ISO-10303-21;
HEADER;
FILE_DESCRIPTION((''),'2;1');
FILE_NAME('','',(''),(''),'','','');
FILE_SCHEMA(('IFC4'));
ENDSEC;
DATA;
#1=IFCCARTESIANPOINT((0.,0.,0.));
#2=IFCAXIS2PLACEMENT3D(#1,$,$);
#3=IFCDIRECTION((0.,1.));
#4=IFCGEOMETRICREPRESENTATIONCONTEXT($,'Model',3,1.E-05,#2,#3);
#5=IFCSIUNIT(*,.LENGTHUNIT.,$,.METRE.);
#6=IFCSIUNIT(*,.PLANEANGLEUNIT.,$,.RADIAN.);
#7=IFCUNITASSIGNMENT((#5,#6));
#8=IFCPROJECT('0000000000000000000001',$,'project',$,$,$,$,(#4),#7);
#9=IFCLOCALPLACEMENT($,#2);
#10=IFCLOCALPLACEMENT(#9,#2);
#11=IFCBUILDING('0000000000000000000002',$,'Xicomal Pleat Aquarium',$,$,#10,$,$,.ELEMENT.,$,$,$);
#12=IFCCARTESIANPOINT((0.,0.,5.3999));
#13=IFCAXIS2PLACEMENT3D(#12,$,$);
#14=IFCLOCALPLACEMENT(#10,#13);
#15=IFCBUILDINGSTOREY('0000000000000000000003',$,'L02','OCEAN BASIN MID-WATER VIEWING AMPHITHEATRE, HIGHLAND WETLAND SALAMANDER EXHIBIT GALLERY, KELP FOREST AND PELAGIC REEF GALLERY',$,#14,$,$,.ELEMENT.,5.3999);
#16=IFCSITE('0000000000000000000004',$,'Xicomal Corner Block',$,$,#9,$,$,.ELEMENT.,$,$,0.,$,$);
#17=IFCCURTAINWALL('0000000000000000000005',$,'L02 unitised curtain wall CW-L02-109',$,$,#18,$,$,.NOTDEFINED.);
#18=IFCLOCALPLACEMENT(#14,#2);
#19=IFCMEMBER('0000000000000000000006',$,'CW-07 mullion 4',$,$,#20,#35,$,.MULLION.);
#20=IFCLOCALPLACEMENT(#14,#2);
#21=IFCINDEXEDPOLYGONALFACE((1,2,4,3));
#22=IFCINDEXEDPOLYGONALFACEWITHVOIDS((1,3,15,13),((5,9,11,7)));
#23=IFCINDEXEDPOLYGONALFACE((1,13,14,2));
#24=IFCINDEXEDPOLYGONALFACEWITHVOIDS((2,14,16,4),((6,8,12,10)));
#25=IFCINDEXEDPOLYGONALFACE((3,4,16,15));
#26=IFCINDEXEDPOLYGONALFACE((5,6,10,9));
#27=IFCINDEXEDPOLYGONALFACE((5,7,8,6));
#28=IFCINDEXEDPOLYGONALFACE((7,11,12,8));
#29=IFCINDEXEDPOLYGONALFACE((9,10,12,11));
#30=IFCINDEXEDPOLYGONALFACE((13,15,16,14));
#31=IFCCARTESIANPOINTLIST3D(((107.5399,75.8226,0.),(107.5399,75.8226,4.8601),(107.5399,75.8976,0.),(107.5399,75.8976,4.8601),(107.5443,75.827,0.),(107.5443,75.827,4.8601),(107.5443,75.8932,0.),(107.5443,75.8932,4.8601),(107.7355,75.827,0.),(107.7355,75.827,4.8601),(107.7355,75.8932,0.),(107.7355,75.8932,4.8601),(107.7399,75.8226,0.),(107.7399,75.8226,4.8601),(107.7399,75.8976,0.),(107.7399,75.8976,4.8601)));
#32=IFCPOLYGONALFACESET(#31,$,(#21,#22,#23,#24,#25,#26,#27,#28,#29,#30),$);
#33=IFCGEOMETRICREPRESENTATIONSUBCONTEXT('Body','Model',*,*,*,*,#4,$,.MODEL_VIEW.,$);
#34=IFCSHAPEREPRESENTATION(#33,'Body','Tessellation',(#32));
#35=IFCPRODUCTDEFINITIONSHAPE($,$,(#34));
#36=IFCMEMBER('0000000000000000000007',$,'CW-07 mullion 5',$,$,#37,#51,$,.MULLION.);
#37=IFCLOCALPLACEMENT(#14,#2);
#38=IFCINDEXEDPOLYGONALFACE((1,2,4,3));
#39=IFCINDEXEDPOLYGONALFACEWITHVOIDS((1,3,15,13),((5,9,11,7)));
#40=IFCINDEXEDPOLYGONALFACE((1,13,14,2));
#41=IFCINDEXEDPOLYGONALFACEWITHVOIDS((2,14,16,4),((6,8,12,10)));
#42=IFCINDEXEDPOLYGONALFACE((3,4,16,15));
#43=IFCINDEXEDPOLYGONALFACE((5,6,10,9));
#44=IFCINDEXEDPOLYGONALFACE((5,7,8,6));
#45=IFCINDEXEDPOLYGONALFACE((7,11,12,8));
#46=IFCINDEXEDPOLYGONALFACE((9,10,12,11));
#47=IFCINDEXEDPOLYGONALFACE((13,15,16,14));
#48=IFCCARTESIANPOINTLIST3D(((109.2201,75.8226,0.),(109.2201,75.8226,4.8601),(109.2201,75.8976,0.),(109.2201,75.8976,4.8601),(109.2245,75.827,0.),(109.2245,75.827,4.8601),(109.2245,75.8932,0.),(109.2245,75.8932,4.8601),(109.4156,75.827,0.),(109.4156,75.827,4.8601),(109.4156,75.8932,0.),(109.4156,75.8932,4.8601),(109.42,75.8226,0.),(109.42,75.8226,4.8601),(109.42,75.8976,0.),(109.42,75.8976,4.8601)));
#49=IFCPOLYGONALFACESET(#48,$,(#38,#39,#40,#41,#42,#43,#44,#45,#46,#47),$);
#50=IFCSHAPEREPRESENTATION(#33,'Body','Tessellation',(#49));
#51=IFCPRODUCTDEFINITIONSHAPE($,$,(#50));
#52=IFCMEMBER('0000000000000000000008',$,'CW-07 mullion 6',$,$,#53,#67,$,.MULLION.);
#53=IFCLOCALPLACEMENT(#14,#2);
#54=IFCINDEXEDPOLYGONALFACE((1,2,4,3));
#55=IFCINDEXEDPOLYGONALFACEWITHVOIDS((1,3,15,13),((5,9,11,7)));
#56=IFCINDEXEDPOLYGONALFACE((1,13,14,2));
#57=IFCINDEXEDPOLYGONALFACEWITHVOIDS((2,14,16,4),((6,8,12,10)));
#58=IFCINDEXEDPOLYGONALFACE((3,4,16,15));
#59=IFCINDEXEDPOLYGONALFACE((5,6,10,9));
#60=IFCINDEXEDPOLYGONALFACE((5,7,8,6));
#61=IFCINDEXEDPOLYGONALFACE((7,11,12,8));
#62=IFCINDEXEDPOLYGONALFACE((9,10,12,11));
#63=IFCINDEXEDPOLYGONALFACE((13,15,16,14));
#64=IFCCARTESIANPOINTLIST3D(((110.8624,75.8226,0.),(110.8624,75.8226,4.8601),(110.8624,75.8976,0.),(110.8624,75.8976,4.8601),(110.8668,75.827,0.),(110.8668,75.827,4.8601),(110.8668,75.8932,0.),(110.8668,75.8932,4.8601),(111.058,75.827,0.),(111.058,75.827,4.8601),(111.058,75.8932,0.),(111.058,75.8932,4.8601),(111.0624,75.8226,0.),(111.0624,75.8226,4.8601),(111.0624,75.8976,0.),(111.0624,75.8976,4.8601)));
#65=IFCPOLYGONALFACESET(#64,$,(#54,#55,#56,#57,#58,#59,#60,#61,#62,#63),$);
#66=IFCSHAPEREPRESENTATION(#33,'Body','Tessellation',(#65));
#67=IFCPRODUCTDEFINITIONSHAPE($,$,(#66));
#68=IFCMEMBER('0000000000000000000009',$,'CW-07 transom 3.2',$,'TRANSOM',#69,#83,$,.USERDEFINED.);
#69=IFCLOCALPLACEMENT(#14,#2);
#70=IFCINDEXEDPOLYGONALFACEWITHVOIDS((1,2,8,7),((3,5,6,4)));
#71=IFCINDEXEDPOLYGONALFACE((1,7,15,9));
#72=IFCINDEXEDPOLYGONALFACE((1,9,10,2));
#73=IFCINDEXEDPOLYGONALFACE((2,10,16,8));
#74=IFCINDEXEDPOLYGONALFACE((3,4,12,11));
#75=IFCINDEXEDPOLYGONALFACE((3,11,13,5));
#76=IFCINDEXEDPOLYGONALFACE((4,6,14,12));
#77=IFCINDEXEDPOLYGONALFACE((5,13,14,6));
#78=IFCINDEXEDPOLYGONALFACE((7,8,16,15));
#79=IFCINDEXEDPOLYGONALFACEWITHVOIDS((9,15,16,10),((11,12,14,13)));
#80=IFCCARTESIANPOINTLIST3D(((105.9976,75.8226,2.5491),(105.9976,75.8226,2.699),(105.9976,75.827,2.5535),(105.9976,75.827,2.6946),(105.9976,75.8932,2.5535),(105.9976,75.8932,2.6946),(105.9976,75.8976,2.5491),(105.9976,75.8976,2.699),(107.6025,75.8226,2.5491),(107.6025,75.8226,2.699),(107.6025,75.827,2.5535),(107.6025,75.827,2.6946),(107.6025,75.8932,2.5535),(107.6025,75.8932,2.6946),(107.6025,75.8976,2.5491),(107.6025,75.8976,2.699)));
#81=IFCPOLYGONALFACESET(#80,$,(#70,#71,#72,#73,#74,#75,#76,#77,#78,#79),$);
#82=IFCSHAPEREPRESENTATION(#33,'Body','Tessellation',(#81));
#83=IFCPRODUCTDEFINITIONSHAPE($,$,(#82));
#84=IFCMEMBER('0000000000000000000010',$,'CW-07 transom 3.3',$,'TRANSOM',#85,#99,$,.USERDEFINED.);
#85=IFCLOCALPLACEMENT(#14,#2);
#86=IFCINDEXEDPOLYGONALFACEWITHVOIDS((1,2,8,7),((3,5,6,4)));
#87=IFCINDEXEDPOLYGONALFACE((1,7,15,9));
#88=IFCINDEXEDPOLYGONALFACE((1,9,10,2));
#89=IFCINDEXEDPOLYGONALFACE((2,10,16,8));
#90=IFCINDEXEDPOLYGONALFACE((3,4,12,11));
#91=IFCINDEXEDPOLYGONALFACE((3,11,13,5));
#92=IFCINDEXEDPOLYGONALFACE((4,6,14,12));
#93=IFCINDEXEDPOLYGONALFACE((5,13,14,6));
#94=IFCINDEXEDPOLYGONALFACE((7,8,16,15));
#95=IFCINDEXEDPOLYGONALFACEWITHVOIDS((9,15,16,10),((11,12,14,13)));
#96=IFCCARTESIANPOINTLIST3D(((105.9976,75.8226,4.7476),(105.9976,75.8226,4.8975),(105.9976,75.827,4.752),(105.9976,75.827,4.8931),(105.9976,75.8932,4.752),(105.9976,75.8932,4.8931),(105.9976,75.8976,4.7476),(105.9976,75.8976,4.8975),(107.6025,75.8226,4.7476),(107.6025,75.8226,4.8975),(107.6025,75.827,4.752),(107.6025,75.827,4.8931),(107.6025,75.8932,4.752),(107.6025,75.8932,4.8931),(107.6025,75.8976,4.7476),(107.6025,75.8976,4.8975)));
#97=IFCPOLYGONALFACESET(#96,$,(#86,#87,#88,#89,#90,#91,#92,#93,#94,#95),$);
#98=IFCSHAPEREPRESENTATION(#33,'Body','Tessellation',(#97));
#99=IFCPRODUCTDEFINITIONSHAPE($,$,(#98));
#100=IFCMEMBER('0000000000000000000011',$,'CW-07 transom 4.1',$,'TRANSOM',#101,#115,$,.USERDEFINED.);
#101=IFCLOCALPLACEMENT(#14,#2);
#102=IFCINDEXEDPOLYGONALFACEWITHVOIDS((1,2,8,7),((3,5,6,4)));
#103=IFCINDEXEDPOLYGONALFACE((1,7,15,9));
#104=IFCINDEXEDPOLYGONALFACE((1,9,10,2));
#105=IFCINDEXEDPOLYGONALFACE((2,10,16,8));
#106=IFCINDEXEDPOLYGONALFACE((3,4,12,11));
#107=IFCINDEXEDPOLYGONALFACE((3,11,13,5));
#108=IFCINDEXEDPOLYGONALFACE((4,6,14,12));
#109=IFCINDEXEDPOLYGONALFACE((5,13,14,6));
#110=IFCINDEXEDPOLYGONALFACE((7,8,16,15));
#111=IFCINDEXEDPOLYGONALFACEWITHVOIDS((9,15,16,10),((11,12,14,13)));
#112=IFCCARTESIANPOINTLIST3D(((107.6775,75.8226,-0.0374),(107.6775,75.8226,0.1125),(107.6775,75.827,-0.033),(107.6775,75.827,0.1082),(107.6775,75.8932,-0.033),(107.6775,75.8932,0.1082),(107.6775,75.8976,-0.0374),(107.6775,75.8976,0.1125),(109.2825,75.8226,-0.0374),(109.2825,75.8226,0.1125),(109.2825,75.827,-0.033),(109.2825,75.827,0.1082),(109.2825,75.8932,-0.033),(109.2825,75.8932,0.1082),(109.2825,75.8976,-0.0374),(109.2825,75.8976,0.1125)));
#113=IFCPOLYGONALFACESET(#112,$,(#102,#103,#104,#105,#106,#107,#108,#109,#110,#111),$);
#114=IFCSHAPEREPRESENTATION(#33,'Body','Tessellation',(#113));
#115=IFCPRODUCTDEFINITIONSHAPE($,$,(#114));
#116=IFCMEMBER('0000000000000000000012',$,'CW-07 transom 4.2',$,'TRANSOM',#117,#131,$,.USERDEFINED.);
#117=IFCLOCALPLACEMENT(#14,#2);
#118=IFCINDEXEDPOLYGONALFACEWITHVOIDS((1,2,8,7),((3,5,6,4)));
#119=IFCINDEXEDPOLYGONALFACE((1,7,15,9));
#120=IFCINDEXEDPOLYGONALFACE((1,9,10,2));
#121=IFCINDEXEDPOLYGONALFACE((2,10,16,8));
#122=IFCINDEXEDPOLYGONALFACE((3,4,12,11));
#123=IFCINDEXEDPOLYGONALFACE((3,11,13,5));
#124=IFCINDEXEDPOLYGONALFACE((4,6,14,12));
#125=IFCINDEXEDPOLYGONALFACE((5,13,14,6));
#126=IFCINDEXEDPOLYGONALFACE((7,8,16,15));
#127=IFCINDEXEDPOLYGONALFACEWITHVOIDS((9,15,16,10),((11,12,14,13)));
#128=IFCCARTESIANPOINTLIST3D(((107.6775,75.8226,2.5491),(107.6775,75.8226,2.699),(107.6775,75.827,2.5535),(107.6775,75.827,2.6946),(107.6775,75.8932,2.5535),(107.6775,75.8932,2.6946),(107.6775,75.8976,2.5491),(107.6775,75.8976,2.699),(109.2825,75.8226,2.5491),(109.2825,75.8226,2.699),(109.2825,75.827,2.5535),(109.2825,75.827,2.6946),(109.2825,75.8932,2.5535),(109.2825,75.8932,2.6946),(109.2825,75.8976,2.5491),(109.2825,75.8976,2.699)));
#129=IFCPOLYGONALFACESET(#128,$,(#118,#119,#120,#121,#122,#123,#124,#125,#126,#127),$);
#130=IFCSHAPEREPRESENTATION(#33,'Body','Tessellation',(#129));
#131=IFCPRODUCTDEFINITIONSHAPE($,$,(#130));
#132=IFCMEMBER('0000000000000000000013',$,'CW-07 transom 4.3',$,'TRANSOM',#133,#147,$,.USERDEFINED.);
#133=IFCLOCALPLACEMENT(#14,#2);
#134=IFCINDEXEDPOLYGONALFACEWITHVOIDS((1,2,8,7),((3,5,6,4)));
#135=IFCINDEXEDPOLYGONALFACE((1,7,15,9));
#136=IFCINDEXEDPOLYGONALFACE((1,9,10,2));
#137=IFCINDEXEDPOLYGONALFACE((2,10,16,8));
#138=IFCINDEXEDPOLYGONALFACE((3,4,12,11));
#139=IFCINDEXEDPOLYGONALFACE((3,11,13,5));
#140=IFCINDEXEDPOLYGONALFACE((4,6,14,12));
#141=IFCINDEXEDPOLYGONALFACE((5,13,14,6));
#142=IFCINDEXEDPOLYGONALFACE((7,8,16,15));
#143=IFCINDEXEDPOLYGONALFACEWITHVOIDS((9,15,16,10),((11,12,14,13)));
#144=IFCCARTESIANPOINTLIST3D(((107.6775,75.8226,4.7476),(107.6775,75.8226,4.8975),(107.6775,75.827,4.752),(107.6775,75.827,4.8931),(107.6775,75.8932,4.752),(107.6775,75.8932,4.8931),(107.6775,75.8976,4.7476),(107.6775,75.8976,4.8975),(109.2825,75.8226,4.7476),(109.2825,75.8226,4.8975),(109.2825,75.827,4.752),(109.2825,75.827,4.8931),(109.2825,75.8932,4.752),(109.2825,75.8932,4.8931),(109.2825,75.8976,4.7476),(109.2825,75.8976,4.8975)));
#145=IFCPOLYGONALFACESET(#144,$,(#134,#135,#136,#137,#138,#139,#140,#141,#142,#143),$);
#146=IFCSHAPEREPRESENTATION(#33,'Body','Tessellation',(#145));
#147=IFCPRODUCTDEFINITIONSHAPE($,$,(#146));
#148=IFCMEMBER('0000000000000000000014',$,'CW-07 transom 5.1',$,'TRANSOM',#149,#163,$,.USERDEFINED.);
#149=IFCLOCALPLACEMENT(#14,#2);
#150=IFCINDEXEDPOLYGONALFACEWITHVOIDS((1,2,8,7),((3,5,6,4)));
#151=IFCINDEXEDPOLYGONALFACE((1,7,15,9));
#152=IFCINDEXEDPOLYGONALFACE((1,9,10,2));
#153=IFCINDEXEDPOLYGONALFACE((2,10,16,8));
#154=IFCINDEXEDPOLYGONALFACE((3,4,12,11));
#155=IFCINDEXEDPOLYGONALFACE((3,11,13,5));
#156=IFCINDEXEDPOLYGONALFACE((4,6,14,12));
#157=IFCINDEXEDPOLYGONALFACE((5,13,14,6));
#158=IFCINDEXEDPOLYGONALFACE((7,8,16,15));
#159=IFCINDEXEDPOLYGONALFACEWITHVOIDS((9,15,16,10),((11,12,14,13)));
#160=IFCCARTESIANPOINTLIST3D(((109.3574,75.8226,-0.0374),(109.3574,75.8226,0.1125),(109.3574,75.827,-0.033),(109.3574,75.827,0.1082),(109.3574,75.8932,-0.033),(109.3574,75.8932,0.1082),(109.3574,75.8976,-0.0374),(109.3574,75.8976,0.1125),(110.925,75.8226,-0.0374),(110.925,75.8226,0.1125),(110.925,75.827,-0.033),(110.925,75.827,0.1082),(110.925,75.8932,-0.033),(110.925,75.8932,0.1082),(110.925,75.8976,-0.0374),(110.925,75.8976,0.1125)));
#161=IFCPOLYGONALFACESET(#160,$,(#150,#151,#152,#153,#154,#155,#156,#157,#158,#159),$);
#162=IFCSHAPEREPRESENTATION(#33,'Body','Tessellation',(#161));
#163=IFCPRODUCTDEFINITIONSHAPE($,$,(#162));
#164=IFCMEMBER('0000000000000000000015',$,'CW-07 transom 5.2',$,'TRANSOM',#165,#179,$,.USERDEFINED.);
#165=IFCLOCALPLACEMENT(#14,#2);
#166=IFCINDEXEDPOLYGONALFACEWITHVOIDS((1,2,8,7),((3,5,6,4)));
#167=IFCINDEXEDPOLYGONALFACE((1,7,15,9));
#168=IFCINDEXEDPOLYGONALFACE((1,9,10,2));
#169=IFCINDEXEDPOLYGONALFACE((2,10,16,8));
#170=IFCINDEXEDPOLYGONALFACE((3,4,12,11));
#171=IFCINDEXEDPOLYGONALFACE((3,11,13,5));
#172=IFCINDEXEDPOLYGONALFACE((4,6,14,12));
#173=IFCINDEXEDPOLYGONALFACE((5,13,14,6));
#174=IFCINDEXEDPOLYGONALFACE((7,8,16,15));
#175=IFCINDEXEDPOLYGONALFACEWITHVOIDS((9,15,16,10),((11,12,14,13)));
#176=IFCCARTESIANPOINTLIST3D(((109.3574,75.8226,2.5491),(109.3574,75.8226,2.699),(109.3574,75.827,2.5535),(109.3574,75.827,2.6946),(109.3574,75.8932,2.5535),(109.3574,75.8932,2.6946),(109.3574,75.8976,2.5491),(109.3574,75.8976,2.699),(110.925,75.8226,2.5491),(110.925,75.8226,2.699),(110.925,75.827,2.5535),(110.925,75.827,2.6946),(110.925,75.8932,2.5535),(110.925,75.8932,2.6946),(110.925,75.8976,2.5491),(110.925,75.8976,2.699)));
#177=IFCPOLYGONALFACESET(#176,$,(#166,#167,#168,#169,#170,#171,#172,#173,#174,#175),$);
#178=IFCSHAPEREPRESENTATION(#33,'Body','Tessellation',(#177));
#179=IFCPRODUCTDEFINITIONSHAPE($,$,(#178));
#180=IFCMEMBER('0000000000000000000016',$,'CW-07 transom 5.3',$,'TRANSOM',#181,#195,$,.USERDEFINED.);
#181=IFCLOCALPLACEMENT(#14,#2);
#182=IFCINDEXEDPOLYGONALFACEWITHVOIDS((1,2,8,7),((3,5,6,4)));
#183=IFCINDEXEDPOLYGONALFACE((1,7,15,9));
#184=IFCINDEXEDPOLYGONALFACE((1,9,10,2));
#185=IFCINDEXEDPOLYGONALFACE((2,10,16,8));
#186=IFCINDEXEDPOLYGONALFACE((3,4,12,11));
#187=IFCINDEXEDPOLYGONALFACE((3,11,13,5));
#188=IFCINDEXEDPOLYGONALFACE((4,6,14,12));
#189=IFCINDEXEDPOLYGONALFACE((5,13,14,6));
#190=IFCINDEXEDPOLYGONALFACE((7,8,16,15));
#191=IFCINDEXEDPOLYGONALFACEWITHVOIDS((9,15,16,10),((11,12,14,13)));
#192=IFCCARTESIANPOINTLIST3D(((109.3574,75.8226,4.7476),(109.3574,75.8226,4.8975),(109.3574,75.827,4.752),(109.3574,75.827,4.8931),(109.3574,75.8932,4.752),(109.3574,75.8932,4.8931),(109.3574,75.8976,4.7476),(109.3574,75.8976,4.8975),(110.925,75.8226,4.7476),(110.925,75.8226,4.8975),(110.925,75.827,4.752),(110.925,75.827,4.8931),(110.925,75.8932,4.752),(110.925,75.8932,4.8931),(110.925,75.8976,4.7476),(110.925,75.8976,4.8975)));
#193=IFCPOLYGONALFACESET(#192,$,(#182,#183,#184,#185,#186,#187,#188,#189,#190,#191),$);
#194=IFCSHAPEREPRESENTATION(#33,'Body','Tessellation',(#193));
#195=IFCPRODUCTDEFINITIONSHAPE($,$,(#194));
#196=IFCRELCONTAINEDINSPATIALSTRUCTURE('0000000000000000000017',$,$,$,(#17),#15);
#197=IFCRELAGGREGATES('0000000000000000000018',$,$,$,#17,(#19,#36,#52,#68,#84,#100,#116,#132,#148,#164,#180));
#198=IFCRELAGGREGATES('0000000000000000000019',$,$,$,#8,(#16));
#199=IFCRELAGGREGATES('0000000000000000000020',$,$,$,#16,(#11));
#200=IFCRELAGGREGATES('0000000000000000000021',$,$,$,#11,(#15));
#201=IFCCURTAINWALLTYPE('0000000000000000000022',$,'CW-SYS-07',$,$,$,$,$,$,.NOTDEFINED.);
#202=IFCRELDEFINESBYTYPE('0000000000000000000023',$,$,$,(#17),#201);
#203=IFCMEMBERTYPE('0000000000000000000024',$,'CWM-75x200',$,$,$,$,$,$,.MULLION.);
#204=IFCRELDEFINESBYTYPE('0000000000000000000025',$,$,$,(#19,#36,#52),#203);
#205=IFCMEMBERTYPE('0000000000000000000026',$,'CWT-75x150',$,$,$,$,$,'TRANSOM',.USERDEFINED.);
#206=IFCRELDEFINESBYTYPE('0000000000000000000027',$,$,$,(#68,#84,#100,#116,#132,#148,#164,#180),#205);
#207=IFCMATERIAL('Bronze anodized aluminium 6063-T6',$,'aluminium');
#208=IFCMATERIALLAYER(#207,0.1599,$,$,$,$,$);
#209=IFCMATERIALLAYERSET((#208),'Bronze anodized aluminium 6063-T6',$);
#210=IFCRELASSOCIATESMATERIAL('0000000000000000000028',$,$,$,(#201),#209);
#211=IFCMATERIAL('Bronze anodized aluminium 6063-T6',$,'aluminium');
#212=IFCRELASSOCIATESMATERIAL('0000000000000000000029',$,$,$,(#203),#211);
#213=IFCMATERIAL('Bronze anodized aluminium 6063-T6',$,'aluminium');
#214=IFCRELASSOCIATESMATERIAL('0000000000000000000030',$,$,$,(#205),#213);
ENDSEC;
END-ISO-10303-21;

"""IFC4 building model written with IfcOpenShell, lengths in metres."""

from ifc_helpers import new_model, si_unit, direction, frame, origin, origin_2d, place, context, subcontext, project, spatial, hollow_rectangle, extrude, material, layer, layer_set, material_profile, profile_set, type_object, element, aggregate, save


model = new_model("IFC4")

# Units and contexts
model_context = context("Model", 3, precision=1e-05, world=origin(), true_north=direction((0.0, 1.0)))
body_context = subcontext(model_context, "Body", "Model", "MODEL_VIEW")
ifc_project = project(units=[si_unit("LENGTHUNIT", "METRE"), si_unit("PLANEANGLEUNIT", "RADIAN")], contexts=[model_context])

# Site, building, storey
site_placement = place(None, origin())
site = spatial("IfcSite", under=ifc_project, at=site_placement, Name="Xicomal Corner Block", CompositionType="ELEMENT", RefElevation=0.0)
building_placement = place(site_placement, origin())
building = spatial("IfcBuilding", under=site, at=building_placement, Name="Xicomal Pleat Aquarium", CompositionType="ELEMENT")
storey_placement = place(building_placement, frame((0.0, 0.0, 5.3999)))
storey = spatial("IfcBuildingStorey", under=building, at=storey_placement, Name="L02", Description="OCEAN BASIN MID-WATER VIEWING AMPHITHEATRE, HIGHLAND WETLAND SALAMANDER EXHIBIT GALLERY, KELP FOREST AND PELAGIC REEF GALLERY", CompositionType="ELEMENT", Elevation=5.3999)

# Curtain wall, members
ifc_material_1 = material(Name="Bronze anodized aluminium 6063-T6", Category="aluminium")
ifc_layer_1 = layer(ifc_material_1, 0.1599)
ifc_layer_set_1 = layer_set([ifc_layer_1], Name="Bronze anodized aluminium 6063-T6")
curtain_wall_type_1 = type_object("IfcCurtainWallType", Name="CW-SYS-07", PredefinedType="NOTDEFINED", material=ifc_layer_set_1)
curtain_wall_1_placement = place(storey_placement, origin())
curtain_wall_1 = element("IfcCurtainWall", 1, at=curtain_wall_1_placement, inside=storey, type_object=curtain_wall_type_1, Name="L02 unitised curtain wall CW-L02-109", PredefinedType="NOTDEFINED")
ifc_material_2 = material(Name="Bronze anodized aluminium 6063-T6", Category="aluminium")
ifc_material_profile_1 = material_profile(ifc_material_2, hollow_rectangle(XDim=0.075, YDim=0.2, WallThickness=0.0044, at=origin_2d()), Name="ALU MULL 75x200")
ifc_profile_set_1 = profile_set([ifc_material_profile_1], Name="Bronze anodized aluminium 6063-T6")
member_type_1 = type_object("IfcMemberType", Name="CWM-75x200", PredefinedType="MULLION", material=ifc_profile_set_1)
member_1_placement = place(storey_placement, frame((107.6399, 75.8601, 0.0), z_axis=(0.0, 0.0, 1.0), x_axis=(0.0, 1.0, 0.0)))
member_1 = element("IfcMember", 2, at=member_1_placement, type_object=member_type_1, Name="CW-07 mullion 4", PredefinedType="MULLION", context=body_context, shape_type="SweptSolid", body=[
    extrude(hollow_rectangle(XDim=0.075, YDim=0.2, WallThickness=0.0044, at=origin_2d()), origin(), (0.0, 0.0, 1.0), 4.8601),
])
member_2_placement = place(storey_placement, frame((109.3201, 75.8601, 0.0), z_axis=(0.0, 0.0, 1.0), x_axis=(0.0, 1.0, 0.0)))
member_2 = element("IfcMember", 3, at=member_2_placement, type_object=member_type_1, Name="CW-07 mullion 5", PredefinedType="MULLION", context=body_context, shape_type="SweptSolid", body=[
    extrude(hollow_rectangle(XDim=0.075, YDim=0.2, WallThickness=0.0044, at=origin_2d()), origin(), (0.0, 0.0, 1.0), 4.8601),
])
member_3_placement = place(storey_placement, frame((110.9624, 75.8601, 0.0), z_axis=(0.0, 0.0, 1.0), x_axis=(0.0, 1.0, 0.0)))
member_3 = element("IfcMember", 4, at=member_3_placement, type_object=member_type_1, Name="CW-07 mullion 6", PredefinedType="MULLION", context=body_context, shape_type="SweptSolid", body=[
    extrude(hollow_rectangle(XDim=0.075, YDim=0.2, WallThickness=0.0044, at=origin_2d()), origin(), (0.0, 0.0, 1.0), 4.8601),
])
ifc_material_3 = material(Name="Bronze anodized aluminium 6063-T6", Category="aluminium")
ifc_material_profile_2 = material_profile(ifc_material_3, hollow_rectangle(XDim=0.075, YDim=0.1499, WallThickness=0.0044, at=origin_2d()), Name="ALU TRAN 75x150")
ifc_profile_set_2 = profile_set([ifc_material_profile_2], Name="Bronze anodized aluminium 6063-T6")
member_type_2 = type_object("IfcMemberType", Name="CWT-75x150", ElementType="TRANSOM", PredefinedType="USERDEFINED", material=ifc_profile_set_2)
member_4_placement = place(storey_placement, frame((105.9976, 75.8601, 2.624), z_axis=(1.0, 0.0, 0.0), x_axis=(0.0, 1.0, 0.0)))
member_4 = element("IfcMember", 5, at=member_4_placement, type_object=member_type_2, Name="CW-07 transom 3.2", ObjectType="TRANSOM", PredefinedType="USERDEFINED", context=body_context, shape_type="SweptSolid", body=[
    extrude(hollow_rectangle(XDim=0.075, YDim=0.1499, WallThickness=0.0044, at=origin_2d()), origin(), (0.0, 0.0, 1.0), 1.605),
])
member_5_placement = place(storey_placement, frame((105.9976, 75.8601, 4.8225), z_axis=(1.0, 0.0, 0.0), x_axis=(0.0, 1.0, 0.0)))
member_5 = element("IfcMember", 6, at=member_5_placement, type_object=member_type_2, Name="CW-07 transom 3.3", ObjectType="TRANSOM", PredefinedType="USERDEFINED", context=body_context, shape_type="SweptSolid", body=[
    extrude(hollow_rectangle(XDim=0.075, YDim=0.1499, WallThickness=0.0044, at=origin_2d()), origin(), (0.0, 0.0, 1.0), 1.605),
])
member_6_placement = place(storey_placement, frame((107.6775, 75.8601, 0.0376), z_axis=(1.0, 0.0, 0.0), x_axis=(0.0, 1.0, 0.0)))
member_6 = element("IfcMember", 7, at=member_6_placement, type_object=member_type_2, Name="CW-07 transom 4.1", ObjectType="TRANSOM", PredefinedType="USERDEFINED", context=body_context, shape_type="SweptSolid", body=[
    extrude(hollow_rectangle(XDim=0.075, YDim=0.1499, WallThickness=0.0044, at=origin_2d()), origin(), (0.0, 0.0, 1.0), 1.605),
])
member_7_placement = place(storey_placement, frame((107.6775, 75.8601, 2.624), z_axis=(1.0, 0.0, 0.0), x_axis=(0.0, 1.0, 0.0)))
member_7 = element("IfcMember", 8, at=member_7_placement, type_object=member_type_2, Name="CW-07 transom 4.2", ObjectType="TRANSOM", PredefinedType="USERDEFINED", context=body_context, shape_type="SweptSolid", body=[
    extrude(hollow_rectangle(XDim=0.075, YDim=0.1499, WallThickness=0.0044, at=origin_2d()), origin(), (0.0, 0.0, 1.0), 1.605),
])
member_8_placement = place(storey_placement, frame((107.6775, 75.8601, 4.8225), z_axis=(1.0, 0.0, 0.0), x_axis=(0.0, 1.0, 0.0)))
member_8 = element("IfcMember", 9, at=member_8_placement, type_object=member_type_2, Name="CW-07 transom 4.3", ObjectType="TRANSOM", PredefinedType="USERDEFINED", context=body_context, shape_type="SweptSolid", body=[
    extrude(hollow_rectangle(XDim=0.075, YDim=0.1499, WallThickness=0.0044, at=origin_2d()), origin(), (0.0, 0.0, 1.0), 1.605),
])
member_9_placement = place(storey_placement, frame((109.3574, 75.8601, 0.0376), z_axis=(1.0, 0.0, 0.0), x_axis=(0.0, 1.0, 0.0)))
member_9 = element("IfcMember", 10, at=member_9_placement, type_object=member_type_2, Name="CW-07 transom 5.1", ObjectType="TRANSOM", PredefinedType="USERDEFINED", context=body_context, shape_type="SweptSolid", body=[
    extrude(hollow_rectangle(XDim=0.075, YDim=0.1499, WallThickness=0.0044, at=origin_2d()), origin(), (0.0, 0.0, 1.0), 1.5676),
])
member_10_placement = place(storey_placement, frame((109.3574, 75.8601, 2.624), z_axis=(1.0, 0.0, 0.0), x_axis=(0.0, 1.0, 0.0)))
member_10 = element("IfcMember", 11, at=member_10_placement, type_object=member_type_2, Name="CW-07 transom 5.2", ObjectType="TRANSOM", PredefinedType="USERDEFINED", context=body_context, shape_type="SweptSolid", body=[
    extrude(hollow_rectangle(XDim=0.075, YDim=0.1499, WallThickness=0.0044, at=origin_2d()), origin(), (0.0, 0.0, 1.0), 1.5676),
])
member_11_placement = place(storey_placement, frame((109.3574, 75.8601, 4.8225), z_axis=(1.0, 0.0, 0.0), x_axis=(0.0, 1.0, 0.0)))
member_11 = element("IfcMember", 12, at=member_11_placement, type_object=member_type_2, Name="CW-07 transom 5.3", ObjectType="TRANSOM", PredefinedType="USERDEFINED", context=body_context, shape_type="SweptSolid", body=[
    extrude(hollow_rectangle(XDim=0.075, YDim=0.1499, WallThickness=0.0044, at=origin_2d()), origin(), (0.0, 0.0, 1.0), 1.5676),
])

aggregate(curtain_wall_1, [member_1, member_2, member_3, member_4, member_5, member_6, member_7, member_8, member_9, member_10, member_11])

save(model, "model.ifc")
